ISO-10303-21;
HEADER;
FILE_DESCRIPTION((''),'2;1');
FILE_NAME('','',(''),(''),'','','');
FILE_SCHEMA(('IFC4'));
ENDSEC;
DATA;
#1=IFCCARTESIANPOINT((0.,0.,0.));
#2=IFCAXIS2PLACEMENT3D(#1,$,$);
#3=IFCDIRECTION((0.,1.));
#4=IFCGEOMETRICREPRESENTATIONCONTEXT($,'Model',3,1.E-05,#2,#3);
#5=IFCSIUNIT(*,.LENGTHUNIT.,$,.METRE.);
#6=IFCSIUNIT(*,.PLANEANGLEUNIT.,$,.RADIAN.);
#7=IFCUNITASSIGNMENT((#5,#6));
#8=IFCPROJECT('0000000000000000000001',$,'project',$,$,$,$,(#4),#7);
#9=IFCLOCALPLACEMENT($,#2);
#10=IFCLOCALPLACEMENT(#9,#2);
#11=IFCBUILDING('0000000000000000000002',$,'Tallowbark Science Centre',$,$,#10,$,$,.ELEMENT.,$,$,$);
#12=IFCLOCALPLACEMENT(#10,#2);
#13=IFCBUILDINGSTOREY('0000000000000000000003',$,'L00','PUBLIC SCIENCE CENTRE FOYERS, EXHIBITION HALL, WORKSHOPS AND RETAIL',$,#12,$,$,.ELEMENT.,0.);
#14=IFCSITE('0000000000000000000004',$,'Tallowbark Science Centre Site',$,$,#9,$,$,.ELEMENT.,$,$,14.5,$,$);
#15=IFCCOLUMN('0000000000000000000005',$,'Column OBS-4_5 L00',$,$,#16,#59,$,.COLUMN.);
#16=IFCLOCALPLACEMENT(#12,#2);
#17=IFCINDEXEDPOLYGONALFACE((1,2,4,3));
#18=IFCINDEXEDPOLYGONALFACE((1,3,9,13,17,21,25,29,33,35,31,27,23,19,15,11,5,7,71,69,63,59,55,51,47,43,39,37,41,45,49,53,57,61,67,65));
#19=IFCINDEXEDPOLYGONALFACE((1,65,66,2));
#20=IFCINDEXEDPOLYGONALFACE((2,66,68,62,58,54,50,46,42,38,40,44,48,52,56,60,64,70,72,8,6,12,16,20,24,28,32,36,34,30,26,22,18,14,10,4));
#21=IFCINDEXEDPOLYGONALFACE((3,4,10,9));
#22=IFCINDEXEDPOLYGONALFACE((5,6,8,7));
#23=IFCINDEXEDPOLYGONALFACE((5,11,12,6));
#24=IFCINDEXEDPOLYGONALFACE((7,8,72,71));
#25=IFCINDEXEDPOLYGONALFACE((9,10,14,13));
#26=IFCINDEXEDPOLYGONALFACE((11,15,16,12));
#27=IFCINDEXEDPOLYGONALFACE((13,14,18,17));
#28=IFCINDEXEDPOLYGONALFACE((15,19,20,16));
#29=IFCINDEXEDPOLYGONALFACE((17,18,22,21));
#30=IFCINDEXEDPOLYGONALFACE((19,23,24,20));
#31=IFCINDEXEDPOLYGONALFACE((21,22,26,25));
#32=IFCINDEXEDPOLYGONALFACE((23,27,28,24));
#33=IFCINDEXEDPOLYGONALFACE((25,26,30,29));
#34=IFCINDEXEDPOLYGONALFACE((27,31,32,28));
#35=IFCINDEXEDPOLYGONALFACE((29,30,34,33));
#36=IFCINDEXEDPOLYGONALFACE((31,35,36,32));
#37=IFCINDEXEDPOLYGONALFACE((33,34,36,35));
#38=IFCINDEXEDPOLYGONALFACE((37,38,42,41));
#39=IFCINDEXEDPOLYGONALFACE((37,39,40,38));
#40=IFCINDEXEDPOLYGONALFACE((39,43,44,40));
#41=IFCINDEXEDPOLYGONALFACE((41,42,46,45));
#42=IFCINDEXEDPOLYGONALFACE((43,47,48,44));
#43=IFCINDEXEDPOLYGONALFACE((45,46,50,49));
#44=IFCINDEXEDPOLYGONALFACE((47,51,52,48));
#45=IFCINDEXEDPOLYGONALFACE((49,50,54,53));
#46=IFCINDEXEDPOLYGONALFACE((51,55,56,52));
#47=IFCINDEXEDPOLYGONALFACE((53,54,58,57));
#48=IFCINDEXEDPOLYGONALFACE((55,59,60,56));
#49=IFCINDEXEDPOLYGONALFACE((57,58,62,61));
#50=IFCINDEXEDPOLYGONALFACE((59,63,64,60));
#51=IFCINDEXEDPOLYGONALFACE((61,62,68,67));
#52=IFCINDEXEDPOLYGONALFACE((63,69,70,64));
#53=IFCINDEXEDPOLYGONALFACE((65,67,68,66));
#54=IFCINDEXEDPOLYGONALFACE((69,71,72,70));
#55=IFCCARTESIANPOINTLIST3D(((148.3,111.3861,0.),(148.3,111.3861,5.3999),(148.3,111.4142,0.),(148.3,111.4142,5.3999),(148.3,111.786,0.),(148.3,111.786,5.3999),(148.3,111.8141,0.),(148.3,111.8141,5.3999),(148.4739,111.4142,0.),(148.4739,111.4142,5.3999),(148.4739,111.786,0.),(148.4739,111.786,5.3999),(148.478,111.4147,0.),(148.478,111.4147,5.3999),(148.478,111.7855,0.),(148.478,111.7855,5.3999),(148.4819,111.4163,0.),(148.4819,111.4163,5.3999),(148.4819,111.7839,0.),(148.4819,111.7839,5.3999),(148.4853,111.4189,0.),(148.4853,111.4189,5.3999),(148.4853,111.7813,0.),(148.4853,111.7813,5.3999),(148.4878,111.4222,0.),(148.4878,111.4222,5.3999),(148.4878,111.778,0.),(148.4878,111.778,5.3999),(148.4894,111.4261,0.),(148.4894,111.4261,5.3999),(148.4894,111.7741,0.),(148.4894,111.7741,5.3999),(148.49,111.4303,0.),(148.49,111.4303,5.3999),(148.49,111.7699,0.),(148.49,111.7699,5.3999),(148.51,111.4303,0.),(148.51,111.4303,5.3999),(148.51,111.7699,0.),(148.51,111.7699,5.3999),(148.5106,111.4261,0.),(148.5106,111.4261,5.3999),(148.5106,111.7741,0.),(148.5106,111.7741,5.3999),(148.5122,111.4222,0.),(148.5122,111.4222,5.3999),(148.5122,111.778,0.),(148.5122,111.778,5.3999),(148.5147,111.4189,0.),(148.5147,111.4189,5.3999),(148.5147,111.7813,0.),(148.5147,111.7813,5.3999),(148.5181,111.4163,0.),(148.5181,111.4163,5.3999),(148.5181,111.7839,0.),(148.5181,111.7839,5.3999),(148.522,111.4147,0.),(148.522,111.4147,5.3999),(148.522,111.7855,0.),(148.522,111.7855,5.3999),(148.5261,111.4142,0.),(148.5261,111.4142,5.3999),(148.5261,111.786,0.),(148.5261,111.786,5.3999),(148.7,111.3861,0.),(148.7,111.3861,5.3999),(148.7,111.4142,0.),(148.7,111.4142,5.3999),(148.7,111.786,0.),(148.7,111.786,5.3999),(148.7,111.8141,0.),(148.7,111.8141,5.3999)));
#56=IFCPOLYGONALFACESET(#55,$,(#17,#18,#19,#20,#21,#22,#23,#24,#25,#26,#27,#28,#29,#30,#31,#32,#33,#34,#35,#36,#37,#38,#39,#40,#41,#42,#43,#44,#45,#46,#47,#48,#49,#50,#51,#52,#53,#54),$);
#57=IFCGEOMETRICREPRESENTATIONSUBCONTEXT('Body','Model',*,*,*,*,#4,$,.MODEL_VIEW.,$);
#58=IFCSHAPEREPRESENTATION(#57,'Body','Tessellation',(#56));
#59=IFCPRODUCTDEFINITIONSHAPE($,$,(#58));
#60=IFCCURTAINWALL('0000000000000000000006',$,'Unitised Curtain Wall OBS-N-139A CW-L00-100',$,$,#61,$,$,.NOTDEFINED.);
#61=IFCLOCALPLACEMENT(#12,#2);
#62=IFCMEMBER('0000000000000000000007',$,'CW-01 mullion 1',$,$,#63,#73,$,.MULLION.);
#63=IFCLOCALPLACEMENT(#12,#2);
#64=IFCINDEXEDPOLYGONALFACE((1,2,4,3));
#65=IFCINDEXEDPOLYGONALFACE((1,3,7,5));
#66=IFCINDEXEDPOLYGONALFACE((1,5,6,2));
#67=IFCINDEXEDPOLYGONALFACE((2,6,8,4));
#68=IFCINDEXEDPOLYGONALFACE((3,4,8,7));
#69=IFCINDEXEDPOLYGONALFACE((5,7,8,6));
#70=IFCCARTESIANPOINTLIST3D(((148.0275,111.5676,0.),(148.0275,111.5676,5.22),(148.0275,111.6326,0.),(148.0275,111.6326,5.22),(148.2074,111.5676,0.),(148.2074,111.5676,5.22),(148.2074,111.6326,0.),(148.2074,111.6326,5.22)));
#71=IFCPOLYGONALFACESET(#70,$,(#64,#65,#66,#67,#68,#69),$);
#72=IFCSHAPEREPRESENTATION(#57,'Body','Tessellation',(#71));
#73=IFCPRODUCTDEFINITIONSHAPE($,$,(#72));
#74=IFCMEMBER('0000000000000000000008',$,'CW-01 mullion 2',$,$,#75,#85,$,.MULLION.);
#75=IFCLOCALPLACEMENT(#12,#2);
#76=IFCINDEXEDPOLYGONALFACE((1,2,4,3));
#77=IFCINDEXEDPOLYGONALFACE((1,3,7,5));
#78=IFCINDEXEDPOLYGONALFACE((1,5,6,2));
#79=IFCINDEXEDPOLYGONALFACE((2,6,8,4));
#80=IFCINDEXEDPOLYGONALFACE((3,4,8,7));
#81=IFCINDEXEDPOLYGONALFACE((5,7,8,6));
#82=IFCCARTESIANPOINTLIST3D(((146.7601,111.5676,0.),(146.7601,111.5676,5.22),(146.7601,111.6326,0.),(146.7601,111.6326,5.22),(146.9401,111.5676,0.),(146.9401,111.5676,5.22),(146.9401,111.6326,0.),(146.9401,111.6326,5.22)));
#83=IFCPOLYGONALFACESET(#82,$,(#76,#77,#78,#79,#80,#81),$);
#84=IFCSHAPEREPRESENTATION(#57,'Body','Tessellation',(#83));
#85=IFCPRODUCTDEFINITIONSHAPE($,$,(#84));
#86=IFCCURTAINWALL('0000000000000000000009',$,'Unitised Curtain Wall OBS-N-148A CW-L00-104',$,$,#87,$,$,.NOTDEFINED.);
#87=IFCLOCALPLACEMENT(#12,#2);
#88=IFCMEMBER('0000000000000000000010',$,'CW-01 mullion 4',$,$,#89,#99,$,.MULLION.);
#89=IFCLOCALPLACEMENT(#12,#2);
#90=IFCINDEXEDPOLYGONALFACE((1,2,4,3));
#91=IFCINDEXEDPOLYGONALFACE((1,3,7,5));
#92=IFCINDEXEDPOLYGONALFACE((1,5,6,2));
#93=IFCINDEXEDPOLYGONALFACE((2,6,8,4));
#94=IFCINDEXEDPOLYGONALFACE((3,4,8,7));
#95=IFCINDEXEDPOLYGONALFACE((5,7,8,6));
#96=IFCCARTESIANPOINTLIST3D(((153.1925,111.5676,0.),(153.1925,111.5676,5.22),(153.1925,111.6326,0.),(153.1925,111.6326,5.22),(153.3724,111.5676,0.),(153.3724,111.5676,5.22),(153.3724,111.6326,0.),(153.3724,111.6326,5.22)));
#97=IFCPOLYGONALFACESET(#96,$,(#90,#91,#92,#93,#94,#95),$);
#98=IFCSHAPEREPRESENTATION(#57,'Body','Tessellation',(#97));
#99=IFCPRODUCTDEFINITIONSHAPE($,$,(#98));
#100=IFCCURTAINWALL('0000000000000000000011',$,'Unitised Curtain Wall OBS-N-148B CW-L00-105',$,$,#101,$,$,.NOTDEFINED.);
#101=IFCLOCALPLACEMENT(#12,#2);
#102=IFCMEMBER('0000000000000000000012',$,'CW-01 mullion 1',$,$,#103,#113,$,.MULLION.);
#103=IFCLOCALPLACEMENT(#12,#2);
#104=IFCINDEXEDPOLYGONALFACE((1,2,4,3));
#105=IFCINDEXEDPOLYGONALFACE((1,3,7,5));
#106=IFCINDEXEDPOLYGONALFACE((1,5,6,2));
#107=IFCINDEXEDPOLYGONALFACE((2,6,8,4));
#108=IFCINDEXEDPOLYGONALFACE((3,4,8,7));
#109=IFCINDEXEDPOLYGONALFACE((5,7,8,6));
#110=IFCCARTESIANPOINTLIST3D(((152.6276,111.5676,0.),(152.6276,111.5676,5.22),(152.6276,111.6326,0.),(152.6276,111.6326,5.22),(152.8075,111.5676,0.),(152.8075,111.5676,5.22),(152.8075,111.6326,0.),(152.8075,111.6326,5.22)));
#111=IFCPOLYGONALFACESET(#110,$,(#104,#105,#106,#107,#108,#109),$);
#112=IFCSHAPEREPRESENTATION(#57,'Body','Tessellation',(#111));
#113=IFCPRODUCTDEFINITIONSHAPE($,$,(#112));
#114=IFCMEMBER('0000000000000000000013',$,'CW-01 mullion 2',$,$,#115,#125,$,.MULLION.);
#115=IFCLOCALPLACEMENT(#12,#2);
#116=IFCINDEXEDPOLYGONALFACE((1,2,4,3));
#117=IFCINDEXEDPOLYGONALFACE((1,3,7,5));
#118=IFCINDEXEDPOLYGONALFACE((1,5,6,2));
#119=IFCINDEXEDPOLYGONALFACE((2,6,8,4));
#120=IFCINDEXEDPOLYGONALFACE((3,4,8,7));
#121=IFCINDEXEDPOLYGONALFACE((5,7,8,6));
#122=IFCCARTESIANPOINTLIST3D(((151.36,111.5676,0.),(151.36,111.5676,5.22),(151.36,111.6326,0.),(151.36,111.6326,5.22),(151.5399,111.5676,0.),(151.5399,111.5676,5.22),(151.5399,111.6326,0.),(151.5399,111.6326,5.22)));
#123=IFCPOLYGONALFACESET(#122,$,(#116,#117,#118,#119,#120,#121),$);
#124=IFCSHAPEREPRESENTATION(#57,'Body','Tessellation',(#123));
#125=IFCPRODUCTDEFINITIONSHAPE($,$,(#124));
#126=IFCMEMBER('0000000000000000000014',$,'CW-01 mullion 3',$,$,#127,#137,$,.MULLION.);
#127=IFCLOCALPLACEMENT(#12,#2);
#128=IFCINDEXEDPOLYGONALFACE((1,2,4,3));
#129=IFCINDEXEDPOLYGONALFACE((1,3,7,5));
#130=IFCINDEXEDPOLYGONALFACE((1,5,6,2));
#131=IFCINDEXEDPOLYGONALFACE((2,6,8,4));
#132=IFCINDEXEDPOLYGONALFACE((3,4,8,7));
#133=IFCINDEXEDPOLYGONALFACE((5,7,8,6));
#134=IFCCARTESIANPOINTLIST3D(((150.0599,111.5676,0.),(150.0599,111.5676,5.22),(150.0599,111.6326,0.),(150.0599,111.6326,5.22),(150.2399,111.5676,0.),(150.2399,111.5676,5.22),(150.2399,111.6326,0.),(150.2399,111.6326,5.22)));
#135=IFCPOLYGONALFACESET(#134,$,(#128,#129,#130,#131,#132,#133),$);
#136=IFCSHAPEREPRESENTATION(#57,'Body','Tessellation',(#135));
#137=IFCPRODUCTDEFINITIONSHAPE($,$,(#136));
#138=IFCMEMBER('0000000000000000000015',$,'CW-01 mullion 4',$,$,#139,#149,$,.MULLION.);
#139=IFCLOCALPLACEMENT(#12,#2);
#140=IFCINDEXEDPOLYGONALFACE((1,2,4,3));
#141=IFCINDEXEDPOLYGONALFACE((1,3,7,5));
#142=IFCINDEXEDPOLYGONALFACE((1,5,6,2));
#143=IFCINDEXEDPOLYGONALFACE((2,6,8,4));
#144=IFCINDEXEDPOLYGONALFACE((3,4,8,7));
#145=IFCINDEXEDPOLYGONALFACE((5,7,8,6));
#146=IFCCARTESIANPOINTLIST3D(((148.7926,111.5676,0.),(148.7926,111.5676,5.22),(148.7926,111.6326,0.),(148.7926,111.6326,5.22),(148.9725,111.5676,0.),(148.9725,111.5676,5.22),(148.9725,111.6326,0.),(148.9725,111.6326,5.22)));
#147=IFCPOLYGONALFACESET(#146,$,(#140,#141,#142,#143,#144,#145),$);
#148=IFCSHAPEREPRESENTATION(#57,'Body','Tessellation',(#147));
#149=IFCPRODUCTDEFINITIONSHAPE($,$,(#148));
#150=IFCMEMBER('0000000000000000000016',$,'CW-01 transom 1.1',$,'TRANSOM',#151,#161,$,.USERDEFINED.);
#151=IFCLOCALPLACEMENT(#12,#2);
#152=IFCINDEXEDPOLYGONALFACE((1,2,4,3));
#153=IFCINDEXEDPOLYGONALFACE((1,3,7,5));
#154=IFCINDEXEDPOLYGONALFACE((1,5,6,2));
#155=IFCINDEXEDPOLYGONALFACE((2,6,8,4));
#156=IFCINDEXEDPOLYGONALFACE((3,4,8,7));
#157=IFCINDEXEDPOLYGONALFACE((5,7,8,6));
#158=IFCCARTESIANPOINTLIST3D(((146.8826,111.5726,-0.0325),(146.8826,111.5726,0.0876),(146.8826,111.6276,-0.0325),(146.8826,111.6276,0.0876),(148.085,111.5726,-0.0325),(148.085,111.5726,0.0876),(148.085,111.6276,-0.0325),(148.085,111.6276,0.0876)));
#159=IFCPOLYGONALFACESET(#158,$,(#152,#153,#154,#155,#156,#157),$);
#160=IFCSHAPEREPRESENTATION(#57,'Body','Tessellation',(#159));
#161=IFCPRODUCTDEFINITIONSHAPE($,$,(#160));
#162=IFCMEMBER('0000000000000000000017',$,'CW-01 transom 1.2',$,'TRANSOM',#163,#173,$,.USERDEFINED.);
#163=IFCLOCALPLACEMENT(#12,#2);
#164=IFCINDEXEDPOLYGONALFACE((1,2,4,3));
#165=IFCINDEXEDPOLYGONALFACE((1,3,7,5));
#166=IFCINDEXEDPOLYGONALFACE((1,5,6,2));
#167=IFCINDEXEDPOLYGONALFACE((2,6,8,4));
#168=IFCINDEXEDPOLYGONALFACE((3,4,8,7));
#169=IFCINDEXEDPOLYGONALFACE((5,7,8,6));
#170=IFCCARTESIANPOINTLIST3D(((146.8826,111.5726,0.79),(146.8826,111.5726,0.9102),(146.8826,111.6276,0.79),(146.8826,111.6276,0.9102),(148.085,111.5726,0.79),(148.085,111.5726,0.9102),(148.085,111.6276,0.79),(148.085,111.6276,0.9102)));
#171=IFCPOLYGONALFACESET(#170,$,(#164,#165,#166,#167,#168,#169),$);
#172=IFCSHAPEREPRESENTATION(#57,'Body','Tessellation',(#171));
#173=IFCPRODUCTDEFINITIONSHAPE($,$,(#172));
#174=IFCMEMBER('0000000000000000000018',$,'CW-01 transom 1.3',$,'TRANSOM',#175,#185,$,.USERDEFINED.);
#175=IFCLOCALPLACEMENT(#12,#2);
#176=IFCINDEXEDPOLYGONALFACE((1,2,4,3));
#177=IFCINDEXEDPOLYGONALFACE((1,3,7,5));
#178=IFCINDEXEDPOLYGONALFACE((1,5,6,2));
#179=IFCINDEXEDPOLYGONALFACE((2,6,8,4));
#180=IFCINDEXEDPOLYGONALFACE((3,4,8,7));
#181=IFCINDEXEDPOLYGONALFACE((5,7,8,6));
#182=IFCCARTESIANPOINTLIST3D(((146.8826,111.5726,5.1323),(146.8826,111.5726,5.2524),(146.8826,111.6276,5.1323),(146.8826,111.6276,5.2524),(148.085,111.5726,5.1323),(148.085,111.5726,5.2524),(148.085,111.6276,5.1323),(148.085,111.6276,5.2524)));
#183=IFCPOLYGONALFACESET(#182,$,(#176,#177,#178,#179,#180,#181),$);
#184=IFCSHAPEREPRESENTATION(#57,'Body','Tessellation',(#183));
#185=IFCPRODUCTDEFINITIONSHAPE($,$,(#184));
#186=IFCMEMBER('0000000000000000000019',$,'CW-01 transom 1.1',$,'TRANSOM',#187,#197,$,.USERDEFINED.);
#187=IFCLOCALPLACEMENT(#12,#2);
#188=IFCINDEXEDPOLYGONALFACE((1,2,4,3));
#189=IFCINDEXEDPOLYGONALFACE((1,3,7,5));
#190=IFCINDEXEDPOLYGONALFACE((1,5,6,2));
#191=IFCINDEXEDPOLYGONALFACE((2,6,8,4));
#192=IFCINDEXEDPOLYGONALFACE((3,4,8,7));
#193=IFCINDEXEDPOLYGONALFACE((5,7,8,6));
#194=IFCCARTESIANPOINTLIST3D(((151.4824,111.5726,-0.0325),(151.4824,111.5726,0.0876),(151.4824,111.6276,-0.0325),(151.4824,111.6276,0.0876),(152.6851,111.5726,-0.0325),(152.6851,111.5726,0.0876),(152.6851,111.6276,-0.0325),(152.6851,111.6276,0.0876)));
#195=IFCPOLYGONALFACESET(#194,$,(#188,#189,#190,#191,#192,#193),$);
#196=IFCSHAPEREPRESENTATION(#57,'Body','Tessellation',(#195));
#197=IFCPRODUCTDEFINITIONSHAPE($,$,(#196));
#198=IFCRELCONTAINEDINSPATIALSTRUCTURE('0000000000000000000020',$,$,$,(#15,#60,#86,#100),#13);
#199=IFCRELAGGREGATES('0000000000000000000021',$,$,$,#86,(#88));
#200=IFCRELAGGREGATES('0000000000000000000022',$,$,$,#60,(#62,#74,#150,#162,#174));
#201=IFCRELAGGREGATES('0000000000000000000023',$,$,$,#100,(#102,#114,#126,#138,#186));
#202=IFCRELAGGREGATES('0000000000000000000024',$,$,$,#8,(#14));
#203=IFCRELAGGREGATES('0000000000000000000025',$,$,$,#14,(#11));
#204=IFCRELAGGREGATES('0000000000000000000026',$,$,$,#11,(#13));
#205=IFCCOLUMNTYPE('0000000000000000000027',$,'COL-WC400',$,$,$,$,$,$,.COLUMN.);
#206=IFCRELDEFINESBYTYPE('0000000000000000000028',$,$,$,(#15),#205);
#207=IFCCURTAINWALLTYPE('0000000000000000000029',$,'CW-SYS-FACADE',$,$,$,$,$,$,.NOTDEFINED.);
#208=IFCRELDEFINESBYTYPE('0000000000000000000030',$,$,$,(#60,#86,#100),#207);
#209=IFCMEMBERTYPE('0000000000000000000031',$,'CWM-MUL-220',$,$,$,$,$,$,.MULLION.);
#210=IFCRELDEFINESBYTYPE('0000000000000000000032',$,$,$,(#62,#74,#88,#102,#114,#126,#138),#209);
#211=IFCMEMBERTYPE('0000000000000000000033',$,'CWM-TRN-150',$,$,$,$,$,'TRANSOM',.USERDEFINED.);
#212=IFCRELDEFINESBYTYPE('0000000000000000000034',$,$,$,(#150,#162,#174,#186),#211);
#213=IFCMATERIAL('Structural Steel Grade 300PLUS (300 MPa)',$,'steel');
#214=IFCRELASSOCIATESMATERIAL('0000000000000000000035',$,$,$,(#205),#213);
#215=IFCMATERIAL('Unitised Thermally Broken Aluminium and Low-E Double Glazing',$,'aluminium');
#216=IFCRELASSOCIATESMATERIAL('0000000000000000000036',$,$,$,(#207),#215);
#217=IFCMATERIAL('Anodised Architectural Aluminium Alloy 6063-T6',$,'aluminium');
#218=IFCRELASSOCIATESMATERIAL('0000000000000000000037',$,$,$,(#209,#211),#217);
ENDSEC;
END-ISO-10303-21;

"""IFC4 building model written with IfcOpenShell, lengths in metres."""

from ifc_helpers import new_model, si_unit, direction, frame, origin, origin_2d, place, context, subcontext, project, spatial, rectangle, i_section, extrude, material, material_profile, profile_set, type_object, element, aggregate, save


model = new_model("IFC4")

# Units and contexts
model_context = context("Model", 3, precision=1e-05, world=origin(), true_north=direction((0.0, 1.0)))
body_context = subcontext(model_context, "Body", "Model", "MODEL_VIEW")
ifc_project = project(units=[si_unit("LENGTHUNIT", "METRE"), si_unit("PLANEANGLEUNIT", "RADIAN")], contexts=[model_context])

# Site, building, storey
site_placement = place(None, origin())
site = spatial("IfcSite", under=ifc_project, at=site_placement, Name="Tallowbark Science Centre Site", CompositionType="ELEMENT", RefElevation=14.5)
building_placement = place(site_placement, origin())
building = spatial("IfcBuilding", under=site, at=building_placement, Name="Tallowbark Science Centre", CompositionType="ELEMENT")
storey_placement = place(building_placement, origin())
storey = spatial("IfcBuildingStorey", under=building, at=storey_placement, Name="L00", Description="PUBLIC SCIENCE CENTRE FOYERS, EXHIBITION HALL, WORKSHOPS AND RETAIL", CompositionType="ELEMENT", Elevation=0.0)

# Column
ifc_material_1 = material(Name="Structural Steel Grade 300PLUS (300 MPa)", Category="steel")
ifc_material_profile_1 = material_profile(ifc_material_1, i_section(OverallWidth=0.3999, OverallDepth=0.428, WebThickness=0.02, FlangeThickness=0.0281, FilletRadius=0.0161, at=origin_2d()), Name="400WC270")
ifc_profile_set_1 = profile_set([ifc_material_profile_1], Name="Structural Steel Grade 300PLUS (300 MPa)")
column_type = type_object("IfcColumnType", Name="COL-WC400", PredefinedType="COLUMN", material=ifc_profile_set_1)
column_placement = place(storey_placement, frame((148.5, 111.6001, 0.0), z_axis=(0.0, 0.0, 1.0), x_axis=(1.0, 0.0, 0.0)))
element("IfcColumn", 1, at=column_placement, inside=storey, type_object=column_type, Name="Column OBS-4_5 L00", PredefinedType="COLUMN", context=body_context, shape_type="SweptSolid", body=[
    extrude(i_section(OverallWidth=0.3999, OverallDepth=0.428, WebThickness=0.02, FlangeThickness=0.0281, FilletRadius=0.0161, at=origin_2d()), origin(), (0.0, 0.0, 1.0), 5.3999),
])

# Curtain wall, members
ifc_material_2 = material(Name="Unitised Thermally Broken Aluminium and Low-E Double Glazing", Category="aluminium")
curtain_wall_type = type_object("IfcCurtainWallType", Name="CW-SYS-FACADE", PredefinedType="NOTDEFINED", material=ifc_material_2)
curtain_wall_1_placement = place(storey_placement, origin())
curtain_wall_1 = element("IfcCurtainWall", 2, at=curtain_wall_1_placement, inside=storey, type_object=curtain_wall_type, Name="Unitised Curtain Wall OBS-N-139A CW-L00-100", PredefinedType="NOTDEFINED")
ifc_material_3 = material(Name="Anodised Architectural Aluminium Alloy 6063-T6", Category="aluminium")
ifc_material_profile_2 = material_profile(ifc_material_3, rectangle(XDim=0.0649, YDim=0.1799, at=origin_2d()), Name="ALU65x180")
ifc_profile_set_2 = profile_set([ifc_material_profile_2], Name="Anodised Architectural Aluminium Alloy 6063-T6")
member_type_1 = type_object("IfcMemberType", Name="CWM-MUL-220", PredefinedType="MULLION", material=ifc_profile_set_2)
member_1_placement = place(storey_placement, frame((148.1174, 111.6001, 0.0), z_axis=(0.0, 0.0, 1.0), x_axis=(0.0, -1.0, 0.0)))
member_1 = element("IfcMember", 3, at=member_1_placement, type_object=member_type_1, Name="CW-01 mullion 1", PredefinedType="MULLION", context=body_context, shape_type="SweptSolid", body=[
    extrude(rectangle(XDim=0.0649, YDim=0.1799, at=origin_2d()), origin(), (0.0, 0.0, 1.0), 5.22),
])
member_2_placement = place(storey_placement, frame((146.8501, 111.6001, 0.0), z_axis=(0.0, 0.0, 1.0), x_axis=(0.0, -1.0, 0.0)))
member_2 = element("IfcMember", 4, at=member_2_placement, type_object=member_type_1, Name="CW-01 mullion 2", PredefinedType="MULLION", context=body_context, shape_type="SweptSolid", body=[
    extrude(rectangle(XDim=0.0649, YDim=0.1799, at=origin_2d()), origin(), (0.0, 0.0, 1.0), 5.22),
])

# Curtain wall, member
curtain_wall_2_placement = place(storey_placement, origin())
curtain_wall_2 = element("IfcCurtainWall", 5, at=curtain_wall_2_placement, inside=storey, type_object=curtain_wall_type, Name="Unitised Curtain Wall OBS-N-148A CW-L00-104", PredefinedType="NOTDEFINED")
member_3_placement = place(storey_placement, frame((153.2825, 111.6001, 0.0), z_axis=(0.0, 0.0, 1.0), x_axis=(0.0, -1.0, 0.0)))
member_3 = element("IfcMember", 6, at=member_3_placement, type_object=member_type_1, Name="CW-01 mullion 4", PredefinedType="MULLION", context=body_context, shape_type="SweptSolid", body=[
    extrude(rectangle(XDim=0.0649, YDim=0.1799, at=origin_2d()), origin(), (0.0, 0.0, 1.0), 5.22),
])
aggregate(curtain_wall_2, [member_3])

# Curtain wall, members
curtain_wall_3_placement = place(storey_placement, origin())
curtain_wall_3 = element("IfcCurtainWall", 7, at=curtain_wall_3_placement, inside=storey, type_object=curtain_wall_type, Name="Unitised Curtain Wall OBS-N-148B CW-L00-105", PredefinedType="NOTDEFINED")
member_4_placement = place(storey_placement, frame((152.7175, 111.6001, 0.0), z_axis=(0.0, 0.0, 1.0), x_axis=(0.0, -1.0, 0.0)))
member_4 = element("IfcMember", 8, at=member_4_placement, type_object=member_type_1, Name="CW-01 mullion 1", PredefinedType="MULLION", context=body_context, shape_type="SweptSolid", body=[
    extrude(rectangle(XDim=0.0649, YDim=0.1799, at=origin_2d()), origin(), (0.0, 0.0, 1.0), 5.22),
])
member_5_placement = place(storey_placement, frame((151.45, 111.6001, 0.0), z_axis=(0.0, 0.0, 1.0), x_axis=(0.0, -1.0, 0.0)))
member_5 = element("IfcMember", 9, at=member_5_placement, type_object=member_type_1, Name="CW-01 mullion 2", PredefinedType="MULLION", context=body_context, shape_type="SweptSolid", body=[
    extrude(rectangle(XDim=0.0649, YDim=0.1799, at=origin_2d()), origin(), (0.0, 0.0, 1.0), 5.22),
])
member_6_placement = place(storey_placement, frame((150.1499, 111.6001, 0.0), z_axis=(0.0, 0.0, 1.0), x_axis=(0.0, -1.0, 0.0)))
member_6 = element("IfcMember", 10, at=member_6_placement, type_object=member_type_1, Name="CW-01 mullion 3", PredefinedType="MULLION", context=body_context, shape_type="SweptSolid", body=[
    extrude(rectangle(XDim=0.0649, YDim=0.1799, at=origin_2d()), origin(), (0.0, 0.0, 1.0), 5.22),
])
member_7_placement = place(storey_placement, frame((148.8826, 111.6001, 0.0), z_axis=(0.0, 0.0, 1.0), x_axis=(0.0, -1.0, 0.0)))
member_7 = element("IfcMember", 11, at=member_7_placement, type_object=member_type_1, Name="CW-01 mullion 4", PredefinedType="MULLION", context=body_context, shape_type="SweptSolid", body=[
    extrude(rectangle(XDim=0.0649, YDim=0.1799, at=origin_2d()), origin(), (0.0, 0.0, 1.0), 5.22),
])

# Members
ifc_material_profile_3 = material_profile(ifc_material_3, rectangle(XDim=0.0549, YDim=0.1201, at=origin_2d()), Name="ALU55x120")
ifc_profile_set_3 = profile_set([ifc_material_profile_3], Name="Anodised Architectural Aluminium Alloy 6063-T6")
member_type_2 = type_object("IfcMemberType", Name="CWM-TRN-150", ElementType="TRANSOM", PredefinedType="USERDEFINED", material=ifc_profile_set_3)
member_8_placement = place(storey_placement, frame((148.085, 111.6001, 0.0276), z_axis=(-1.0, 0.0, 0.0), x_axis=(0.0, -1.0, 0.0)))
member_8 = element("IfcMember", 12, at=member_8_placement, type_object=member_type_2, Name="CW-01 transom 1.1", ObjectType="TRANSOM", PredefinedType="USERDEFINED", context=body_context, shape_type="SweptSolid", body=[
    extrude(rectangle(XDim=0.0549, YDim=0.1201, at=origin_2d()), origin(), (0.0, 0.0, 1.0), 1.2024),
])
member_9_placement = place(storey_placement, frame((148.085, 111.6001, 0.8501), z_axis=(-1.0, 0.0, 0.0), x_axis=(0.0, -1.0, 0.0)))
member_9 = element("IfcMember", 13, at=member_9_placement, type_object=member_type_2, Name="CW-01 transom 1.2", ObjectType="TRANSOM", PredefinedType="USERDEFINED", context=body_context, shape_type="SweptSolid", body=[
    extrude(rectangle(XDim=0.0549, YDim=0.1201, at=origin_2d()), origin(), (0.0, 0.0, 1.0), 1.2024),
])
member_10_placement = place(storey_placement, frame((148.085, 111.6001, 5.1924), z_axis=(-1.0, 0.0, 0.0), x_axis=(0.0, -1.0, 0.0)))
member_10 = element("IfcMember", 14, at=member_10_placement, type_object=member_type_2, Name="CW-01 transom 1.3", ObjectType="TRANSOM", PredefinedType="USERDEFINED", context=body_context, shape_type="SweptSolid", body=[
    extrude(rectangle(XDim=0.0549, YDim=0.1201, at=origin_2d()), origin(), (0.0, 0.0, 1.0), 1.2024),
])
member_11_placement = place(storey_placement, frame((152.6851, 111.6001, 0.0276), z_axis=(-1.0, 0.0, 0.0), x_axis=(0.0, -1.0, 0.0)))
member_11 = element("IfcMember", 15, at=member_11_placement, type_object=member_type_2, Name="CW-01 transom 1.1", ObjectType="TRANSOM", PredefinedType="USERDEFINED", context=body_context, shape_type="SweptSolid", body=[
    extrude(rectangle(XDim=0.0549, YDim=0.1201, at=origin_2d()), origin(), (0.0, 0.0, 1.0), 1.2026),
])

aggregate(curtain_wall_1, [member_1, member_2, member_8, member_9, member_10])
aggregate(curtain_wall_3, [member_4, member_5, member_6, member_7, member_11])

save(model, "model.ifc")
